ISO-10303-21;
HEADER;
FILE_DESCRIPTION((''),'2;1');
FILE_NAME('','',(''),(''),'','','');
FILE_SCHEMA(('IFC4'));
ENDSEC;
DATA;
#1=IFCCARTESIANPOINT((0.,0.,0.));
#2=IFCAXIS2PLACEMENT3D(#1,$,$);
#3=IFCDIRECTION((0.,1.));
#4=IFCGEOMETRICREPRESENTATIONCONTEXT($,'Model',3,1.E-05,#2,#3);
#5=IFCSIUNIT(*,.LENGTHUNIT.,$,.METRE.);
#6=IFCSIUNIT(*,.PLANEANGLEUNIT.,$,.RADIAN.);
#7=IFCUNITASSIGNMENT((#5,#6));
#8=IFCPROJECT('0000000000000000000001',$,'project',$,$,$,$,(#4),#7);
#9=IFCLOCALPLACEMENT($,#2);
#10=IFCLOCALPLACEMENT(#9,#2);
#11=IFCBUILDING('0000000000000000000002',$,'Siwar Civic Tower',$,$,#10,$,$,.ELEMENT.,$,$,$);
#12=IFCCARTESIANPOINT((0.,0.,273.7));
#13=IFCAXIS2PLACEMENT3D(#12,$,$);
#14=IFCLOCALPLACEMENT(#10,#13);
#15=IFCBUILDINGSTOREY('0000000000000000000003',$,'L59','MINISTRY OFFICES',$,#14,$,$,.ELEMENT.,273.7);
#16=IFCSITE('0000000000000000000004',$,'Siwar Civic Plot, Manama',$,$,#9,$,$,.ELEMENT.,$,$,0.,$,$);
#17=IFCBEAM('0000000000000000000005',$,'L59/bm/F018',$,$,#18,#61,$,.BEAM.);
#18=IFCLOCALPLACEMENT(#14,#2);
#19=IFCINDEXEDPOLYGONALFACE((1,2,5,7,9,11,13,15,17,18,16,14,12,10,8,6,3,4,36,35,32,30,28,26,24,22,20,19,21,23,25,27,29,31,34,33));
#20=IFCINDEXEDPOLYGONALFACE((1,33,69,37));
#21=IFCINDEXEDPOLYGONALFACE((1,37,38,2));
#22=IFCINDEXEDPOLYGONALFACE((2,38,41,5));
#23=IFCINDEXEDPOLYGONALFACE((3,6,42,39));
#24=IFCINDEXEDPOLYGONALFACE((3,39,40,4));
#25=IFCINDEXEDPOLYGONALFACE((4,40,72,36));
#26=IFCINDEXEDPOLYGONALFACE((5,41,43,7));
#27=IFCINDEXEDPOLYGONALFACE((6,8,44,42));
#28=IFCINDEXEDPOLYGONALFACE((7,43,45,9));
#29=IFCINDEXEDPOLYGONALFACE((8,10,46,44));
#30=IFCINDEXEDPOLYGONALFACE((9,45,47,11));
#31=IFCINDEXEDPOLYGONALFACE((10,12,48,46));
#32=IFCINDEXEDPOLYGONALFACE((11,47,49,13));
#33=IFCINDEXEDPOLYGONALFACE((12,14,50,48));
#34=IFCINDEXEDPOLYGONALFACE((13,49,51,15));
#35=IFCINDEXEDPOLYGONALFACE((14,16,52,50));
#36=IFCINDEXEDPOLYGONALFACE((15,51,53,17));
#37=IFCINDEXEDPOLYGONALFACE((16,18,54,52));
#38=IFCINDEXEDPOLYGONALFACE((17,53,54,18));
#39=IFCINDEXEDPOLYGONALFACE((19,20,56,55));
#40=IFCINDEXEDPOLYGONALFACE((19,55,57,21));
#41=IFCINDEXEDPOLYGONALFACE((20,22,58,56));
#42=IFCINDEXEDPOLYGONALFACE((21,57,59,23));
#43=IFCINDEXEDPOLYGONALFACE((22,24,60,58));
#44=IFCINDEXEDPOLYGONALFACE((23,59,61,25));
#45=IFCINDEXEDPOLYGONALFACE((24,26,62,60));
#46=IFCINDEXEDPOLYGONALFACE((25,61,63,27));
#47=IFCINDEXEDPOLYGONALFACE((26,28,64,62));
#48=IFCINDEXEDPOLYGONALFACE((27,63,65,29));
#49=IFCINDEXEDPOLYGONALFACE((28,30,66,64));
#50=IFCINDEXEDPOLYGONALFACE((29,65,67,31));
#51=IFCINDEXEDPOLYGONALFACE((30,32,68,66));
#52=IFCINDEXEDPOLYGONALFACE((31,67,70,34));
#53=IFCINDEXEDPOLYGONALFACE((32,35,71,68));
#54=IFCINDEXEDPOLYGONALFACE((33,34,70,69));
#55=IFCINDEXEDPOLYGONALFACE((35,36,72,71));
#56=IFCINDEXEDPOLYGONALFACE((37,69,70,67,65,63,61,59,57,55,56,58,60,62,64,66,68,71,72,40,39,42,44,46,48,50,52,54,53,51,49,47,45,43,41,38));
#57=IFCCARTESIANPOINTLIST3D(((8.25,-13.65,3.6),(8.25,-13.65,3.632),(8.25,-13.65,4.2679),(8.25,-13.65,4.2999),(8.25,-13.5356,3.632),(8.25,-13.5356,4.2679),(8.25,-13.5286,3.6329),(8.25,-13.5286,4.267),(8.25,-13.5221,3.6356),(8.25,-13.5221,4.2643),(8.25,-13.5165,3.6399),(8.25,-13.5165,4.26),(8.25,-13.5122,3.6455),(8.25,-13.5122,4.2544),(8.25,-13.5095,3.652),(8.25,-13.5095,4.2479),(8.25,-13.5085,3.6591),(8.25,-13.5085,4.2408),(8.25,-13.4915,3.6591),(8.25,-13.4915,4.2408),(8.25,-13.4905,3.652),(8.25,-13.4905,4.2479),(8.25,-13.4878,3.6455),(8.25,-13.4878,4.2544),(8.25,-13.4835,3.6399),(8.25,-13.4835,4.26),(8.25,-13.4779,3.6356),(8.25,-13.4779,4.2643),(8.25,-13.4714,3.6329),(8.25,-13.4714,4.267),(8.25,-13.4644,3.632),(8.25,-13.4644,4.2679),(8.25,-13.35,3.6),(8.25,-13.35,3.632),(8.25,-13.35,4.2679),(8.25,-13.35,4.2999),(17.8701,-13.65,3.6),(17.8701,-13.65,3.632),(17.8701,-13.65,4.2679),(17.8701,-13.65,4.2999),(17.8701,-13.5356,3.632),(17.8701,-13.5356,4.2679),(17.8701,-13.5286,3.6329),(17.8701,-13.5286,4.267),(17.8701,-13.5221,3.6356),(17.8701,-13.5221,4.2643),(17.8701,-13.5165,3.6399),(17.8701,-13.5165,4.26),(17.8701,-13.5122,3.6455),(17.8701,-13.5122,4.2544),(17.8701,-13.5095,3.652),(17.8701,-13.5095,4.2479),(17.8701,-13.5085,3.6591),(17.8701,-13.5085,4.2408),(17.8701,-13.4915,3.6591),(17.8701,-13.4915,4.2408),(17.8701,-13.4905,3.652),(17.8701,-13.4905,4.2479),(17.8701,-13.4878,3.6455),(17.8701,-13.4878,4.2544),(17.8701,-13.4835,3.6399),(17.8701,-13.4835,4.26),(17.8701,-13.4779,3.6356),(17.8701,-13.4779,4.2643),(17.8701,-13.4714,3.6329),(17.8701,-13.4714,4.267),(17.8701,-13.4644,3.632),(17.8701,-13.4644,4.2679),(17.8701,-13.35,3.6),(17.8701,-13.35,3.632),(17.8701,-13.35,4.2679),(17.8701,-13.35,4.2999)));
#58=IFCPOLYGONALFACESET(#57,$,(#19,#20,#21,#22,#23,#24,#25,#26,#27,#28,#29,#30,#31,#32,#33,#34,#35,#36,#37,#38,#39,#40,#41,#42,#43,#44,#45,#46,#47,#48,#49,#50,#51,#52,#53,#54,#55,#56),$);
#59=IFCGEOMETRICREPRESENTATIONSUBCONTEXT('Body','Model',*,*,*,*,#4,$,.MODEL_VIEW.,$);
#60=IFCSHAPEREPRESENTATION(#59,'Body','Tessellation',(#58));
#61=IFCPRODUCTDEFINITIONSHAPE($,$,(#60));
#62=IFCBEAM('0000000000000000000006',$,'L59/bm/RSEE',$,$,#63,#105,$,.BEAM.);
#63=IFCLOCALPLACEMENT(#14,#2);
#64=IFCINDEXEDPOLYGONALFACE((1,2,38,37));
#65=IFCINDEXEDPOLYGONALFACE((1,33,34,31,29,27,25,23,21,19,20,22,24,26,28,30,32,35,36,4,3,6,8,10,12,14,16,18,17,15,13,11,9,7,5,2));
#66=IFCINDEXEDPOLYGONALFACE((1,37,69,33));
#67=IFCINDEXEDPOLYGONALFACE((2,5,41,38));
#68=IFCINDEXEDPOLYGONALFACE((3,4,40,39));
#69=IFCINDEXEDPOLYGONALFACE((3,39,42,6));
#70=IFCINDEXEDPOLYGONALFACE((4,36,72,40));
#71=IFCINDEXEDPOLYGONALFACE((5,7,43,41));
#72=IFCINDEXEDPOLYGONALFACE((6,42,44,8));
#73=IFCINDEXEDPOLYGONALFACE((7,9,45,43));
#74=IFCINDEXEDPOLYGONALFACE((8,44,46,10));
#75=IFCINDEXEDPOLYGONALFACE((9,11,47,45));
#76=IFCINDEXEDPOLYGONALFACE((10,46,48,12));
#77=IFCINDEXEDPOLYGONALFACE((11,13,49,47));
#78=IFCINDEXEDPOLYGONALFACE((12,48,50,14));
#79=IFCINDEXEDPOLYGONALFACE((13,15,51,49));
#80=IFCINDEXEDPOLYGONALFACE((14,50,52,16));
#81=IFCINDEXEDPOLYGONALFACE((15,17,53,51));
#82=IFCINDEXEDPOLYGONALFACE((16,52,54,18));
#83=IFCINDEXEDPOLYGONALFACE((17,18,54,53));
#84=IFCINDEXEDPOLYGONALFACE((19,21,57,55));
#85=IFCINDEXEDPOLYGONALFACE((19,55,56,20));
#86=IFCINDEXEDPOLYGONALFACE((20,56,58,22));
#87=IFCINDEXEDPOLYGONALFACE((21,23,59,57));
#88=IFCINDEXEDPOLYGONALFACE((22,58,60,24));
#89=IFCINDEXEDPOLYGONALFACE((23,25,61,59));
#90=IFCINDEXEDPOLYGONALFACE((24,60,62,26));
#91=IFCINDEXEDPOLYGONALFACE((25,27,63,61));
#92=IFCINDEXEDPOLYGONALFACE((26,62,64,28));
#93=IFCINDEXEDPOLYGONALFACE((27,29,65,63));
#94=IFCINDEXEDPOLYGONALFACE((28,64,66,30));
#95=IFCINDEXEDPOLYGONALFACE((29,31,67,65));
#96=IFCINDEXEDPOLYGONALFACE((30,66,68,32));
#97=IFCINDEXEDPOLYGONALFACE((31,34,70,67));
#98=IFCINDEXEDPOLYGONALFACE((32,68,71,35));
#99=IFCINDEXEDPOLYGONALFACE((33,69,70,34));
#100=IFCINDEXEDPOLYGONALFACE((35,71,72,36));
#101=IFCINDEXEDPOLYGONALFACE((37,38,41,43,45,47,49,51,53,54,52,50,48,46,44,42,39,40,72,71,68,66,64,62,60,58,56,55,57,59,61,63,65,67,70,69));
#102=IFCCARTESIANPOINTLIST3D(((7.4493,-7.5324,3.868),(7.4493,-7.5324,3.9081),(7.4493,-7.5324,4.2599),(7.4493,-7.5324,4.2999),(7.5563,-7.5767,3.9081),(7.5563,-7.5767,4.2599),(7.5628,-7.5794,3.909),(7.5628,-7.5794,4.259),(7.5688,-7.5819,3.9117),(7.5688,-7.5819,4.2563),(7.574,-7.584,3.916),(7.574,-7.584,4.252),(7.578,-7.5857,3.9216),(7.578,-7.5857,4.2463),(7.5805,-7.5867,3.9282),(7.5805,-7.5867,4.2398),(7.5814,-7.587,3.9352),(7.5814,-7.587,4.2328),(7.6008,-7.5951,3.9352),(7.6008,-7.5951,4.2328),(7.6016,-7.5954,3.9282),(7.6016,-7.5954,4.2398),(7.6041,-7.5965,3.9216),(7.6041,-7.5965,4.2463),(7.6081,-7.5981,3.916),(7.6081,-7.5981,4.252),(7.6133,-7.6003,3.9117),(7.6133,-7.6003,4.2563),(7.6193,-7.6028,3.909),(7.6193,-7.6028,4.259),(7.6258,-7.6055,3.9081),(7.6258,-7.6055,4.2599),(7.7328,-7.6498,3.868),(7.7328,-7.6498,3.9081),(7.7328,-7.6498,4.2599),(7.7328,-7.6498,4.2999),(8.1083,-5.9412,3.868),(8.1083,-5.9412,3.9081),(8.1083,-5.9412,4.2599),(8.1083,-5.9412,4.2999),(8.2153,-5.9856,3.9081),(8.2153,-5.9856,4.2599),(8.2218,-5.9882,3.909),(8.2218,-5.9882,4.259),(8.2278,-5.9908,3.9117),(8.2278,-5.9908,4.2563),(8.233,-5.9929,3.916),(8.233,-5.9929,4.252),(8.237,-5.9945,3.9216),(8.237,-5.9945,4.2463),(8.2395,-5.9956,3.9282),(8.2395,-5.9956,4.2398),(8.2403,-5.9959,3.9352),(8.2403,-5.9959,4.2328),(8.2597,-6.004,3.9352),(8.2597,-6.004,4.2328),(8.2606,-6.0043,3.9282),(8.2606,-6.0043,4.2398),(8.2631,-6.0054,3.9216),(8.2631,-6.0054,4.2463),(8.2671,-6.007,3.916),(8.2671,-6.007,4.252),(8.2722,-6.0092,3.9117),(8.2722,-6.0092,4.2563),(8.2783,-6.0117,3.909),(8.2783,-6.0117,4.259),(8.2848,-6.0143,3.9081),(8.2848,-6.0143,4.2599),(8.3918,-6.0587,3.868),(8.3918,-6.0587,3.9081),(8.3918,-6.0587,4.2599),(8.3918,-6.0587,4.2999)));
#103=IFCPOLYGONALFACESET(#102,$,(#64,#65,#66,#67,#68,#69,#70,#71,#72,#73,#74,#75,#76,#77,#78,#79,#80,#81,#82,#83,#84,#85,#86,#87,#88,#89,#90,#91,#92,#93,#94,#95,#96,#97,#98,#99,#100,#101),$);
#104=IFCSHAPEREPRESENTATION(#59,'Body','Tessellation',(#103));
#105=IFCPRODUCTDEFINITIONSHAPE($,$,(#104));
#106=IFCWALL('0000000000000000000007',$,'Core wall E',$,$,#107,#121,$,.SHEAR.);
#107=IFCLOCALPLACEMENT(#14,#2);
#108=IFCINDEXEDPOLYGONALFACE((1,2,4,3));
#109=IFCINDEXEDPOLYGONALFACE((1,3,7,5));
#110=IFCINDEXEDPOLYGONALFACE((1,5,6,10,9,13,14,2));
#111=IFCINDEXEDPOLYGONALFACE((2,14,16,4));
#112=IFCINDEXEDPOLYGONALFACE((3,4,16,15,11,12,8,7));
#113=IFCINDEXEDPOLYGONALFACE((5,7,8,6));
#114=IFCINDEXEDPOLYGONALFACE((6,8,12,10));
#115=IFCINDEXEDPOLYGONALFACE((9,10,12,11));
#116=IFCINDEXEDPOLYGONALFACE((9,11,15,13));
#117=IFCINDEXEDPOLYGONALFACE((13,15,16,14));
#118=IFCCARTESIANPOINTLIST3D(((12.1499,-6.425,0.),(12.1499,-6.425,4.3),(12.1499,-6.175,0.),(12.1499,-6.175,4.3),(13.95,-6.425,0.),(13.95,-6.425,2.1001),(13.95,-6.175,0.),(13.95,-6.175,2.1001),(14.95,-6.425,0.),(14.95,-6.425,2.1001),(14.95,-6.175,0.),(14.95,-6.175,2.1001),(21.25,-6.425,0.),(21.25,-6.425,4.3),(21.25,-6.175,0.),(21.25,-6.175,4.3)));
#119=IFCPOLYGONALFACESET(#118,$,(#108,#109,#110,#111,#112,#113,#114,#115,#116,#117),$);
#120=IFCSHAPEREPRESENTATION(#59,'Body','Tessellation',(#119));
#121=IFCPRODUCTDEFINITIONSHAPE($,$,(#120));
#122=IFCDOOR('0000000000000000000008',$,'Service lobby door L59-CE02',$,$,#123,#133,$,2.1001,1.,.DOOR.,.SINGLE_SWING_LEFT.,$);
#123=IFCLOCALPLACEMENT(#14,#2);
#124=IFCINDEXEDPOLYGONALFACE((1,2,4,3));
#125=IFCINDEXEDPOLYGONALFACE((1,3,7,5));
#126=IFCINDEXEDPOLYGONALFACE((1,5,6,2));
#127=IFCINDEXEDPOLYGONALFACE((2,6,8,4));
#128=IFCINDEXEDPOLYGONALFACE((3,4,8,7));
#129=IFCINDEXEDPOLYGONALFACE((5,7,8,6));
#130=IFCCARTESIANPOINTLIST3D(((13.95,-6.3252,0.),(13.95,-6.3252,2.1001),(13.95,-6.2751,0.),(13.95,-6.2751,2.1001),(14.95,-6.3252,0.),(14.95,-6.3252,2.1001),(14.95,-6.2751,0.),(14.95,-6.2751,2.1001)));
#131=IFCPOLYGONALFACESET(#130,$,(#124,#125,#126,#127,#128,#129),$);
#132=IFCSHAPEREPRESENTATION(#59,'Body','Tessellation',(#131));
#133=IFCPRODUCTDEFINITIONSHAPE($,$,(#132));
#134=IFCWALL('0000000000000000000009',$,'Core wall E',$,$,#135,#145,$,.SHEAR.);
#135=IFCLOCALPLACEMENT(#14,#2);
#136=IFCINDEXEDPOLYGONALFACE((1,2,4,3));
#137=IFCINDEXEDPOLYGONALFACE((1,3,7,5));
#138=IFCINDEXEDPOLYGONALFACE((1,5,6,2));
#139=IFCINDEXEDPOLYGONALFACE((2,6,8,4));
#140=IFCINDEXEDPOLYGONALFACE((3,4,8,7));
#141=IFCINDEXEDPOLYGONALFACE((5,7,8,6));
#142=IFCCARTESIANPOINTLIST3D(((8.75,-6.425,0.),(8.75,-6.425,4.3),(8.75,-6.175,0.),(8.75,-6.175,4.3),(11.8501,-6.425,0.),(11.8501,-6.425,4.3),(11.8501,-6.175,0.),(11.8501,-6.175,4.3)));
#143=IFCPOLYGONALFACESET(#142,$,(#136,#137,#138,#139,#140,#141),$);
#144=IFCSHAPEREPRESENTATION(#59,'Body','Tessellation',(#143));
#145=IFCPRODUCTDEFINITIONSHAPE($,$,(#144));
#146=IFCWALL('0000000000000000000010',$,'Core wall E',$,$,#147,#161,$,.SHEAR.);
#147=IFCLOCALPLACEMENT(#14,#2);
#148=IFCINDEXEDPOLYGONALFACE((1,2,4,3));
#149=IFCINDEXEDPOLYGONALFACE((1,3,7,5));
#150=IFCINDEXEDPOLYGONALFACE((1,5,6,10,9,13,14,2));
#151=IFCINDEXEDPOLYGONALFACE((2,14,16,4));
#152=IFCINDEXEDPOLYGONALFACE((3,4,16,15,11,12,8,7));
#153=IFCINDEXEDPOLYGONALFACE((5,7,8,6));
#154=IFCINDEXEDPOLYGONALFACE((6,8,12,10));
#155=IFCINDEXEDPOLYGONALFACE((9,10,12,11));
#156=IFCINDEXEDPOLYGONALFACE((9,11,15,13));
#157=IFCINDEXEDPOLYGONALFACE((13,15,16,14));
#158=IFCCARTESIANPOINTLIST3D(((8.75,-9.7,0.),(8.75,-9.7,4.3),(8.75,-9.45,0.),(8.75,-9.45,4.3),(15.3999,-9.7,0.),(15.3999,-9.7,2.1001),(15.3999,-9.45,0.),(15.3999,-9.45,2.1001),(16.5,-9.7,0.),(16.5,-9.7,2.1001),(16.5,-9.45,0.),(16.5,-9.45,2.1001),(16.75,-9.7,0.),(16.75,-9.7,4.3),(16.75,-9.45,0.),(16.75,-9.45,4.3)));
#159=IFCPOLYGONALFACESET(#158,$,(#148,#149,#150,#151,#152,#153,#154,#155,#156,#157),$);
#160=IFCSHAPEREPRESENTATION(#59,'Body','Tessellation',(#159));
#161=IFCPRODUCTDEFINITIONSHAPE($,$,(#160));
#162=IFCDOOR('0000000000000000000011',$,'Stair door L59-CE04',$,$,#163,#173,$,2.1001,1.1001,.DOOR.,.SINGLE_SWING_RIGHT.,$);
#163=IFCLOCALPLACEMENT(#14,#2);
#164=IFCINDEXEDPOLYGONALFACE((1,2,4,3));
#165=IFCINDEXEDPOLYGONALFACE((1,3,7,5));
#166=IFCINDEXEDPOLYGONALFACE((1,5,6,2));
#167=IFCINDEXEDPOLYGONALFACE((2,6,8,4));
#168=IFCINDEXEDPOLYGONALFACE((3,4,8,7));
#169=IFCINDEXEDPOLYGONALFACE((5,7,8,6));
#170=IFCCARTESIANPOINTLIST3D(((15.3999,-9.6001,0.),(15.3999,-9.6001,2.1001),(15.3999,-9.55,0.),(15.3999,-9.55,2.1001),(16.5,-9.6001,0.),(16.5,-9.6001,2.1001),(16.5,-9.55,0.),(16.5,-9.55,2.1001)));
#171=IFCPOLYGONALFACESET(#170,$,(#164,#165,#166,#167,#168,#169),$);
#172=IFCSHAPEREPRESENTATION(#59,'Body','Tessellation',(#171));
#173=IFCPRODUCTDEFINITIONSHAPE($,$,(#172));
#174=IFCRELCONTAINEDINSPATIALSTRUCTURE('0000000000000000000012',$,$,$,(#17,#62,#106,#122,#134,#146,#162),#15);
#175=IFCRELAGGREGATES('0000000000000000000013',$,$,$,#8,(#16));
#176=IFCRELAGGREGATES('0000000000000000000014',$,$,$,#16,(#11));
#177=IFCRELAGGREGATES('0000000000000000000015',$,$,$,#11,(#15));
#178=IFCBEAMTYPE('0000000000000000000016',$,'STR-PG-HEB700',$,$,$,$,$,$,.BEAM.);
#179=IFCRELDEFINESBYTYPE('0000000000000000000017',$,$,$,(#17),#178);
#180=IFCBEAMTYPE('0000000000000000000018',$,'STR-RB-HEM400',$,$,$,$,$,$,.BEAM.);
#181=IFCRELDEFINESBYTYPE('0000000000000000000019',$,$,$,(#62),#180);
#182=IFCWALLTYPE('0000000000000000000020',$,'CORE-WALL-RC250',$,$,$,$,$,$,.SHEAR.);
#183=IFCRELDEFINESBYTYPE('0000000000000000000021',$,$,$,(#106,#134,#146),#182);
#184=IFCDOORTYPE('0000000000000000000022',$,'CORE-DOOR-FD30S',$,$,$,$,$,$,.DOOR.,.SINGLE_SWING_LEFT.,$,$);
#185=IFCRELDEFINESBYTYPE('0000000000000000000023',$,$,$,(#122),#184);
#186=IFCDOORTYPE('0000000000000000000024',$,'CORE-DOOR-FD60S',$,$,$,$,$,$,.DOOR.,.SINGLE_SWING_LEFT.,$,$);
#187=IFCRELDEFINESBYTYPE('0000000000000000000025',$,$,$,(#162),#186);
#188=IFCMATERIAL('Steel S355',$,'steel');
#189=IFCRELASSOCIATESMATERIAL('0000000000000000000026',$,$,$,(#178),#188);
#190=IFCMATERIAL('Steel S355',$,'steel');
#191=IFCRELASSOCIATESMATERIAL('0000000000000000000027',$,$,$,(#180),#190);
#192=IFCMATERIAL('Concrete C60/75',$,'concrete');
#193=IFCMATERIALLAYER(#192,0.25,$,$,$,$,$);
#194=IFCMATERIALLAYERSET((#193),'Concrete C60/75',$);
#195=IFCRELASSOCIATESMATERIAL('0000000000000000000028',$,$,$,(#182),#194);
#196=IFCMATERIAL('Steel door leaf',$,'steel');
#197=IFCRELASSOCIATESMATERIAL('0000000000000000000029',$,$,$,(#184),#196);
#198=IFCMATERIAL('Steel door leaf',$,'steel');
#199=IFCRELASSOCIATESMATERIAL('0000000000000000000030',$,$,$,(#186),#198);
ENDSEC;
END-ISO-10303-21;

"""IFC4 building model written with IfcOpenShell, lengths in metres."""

from ifc_helpers import new_model, si_unit, direction, frame, frame_2d, origin, origin_2d, place, context, subcontext, project, spatial, rectangle, i_section, extrude, material, layer, layer_set, material_profile, profile_set, type_object, element, fill, save


model = new_model("IFC4")

# Units and contexts
model_context = context("Model", 3, precision=1e-05, world=origin(), true_north=direction((0.0, 1.0)))
body_context = subcontext(model_context, "Body", "Model", "MODEL_VIEW")
ifc_project = project(units=[si_unit("LENGTHUNIT", "METRE"), si_unit("PLANEANGLEUNIT", "RADIAN")], contexts=[model_context])

# Site, building, storey
site_placement = place(None, origin())
site = spatial("IfcSite", under=ifc_project, at=site_placement, Name="Siwar Civic Plot, Manama", CompositionType="ELEMENT", RefElevation=0.0)
building_placement = place(site_placement, origin())
building = spatial("IfcBuilding", under=site, at=building_placement, Name="Siwar Civic Tower", CompositionType="ELEMENT")
storey_placement = place(building_placement, frame((0.0, 0.0, 273.7)))
storey = spatial("IfcBuildingStorey", under=building, at=storey_placement, Name="L59", Description="MINISTRY OFFICES", CompositionType="ELEMENT", Elevation=273.7)

# Beams
ifc_material_1 = material(Name="Steel S355", Category="steel")
ifc_material_profile_1 = material_profile(ifc_material_1, i_section(OverallWidth=0.3, OverallDepth=0.7, WebThickness=0.0171, FlangeThickness=0.032, FilletRadius=0.0271, at=origin_2d()), Name="HEB700")
ifc_profile_set_1 = profile_set([ifc_material_profile_1], Name="Steel S355")
beam_type_1 = type_object("IfcBeamType", Name="STR-PG-HEB700", PredefinedType="BEAM", material=ifc_profile_set_1)
beam_1_placement = place(storey_placement, frame((8.25, -13.5, 3.95), z_axis=(1.0, 0.0, 0.0), x_axis=(0.0, 1.0, 0.0)))
element("IfcBeam", 1, at=beam_1_placement, inside=storey, type_object=beam_type_1, Name="L59/bm/F018", PredefinedType="BEAM", context=body_context, shape_type="SweptSolid", body=[
    extrude(i_section(OverallWidth=0.3, OverallDepth=0.7, WebThickness=0.0171, FlangeThickness=0.032, FilletRadius=0.0271, at=origin_2d()), origin(), (0.0, 0.0, 1.0), 9.6201),
])
ifc_material_2 = material(Name="Steel S355", Category="steel")
ifc_material_profile_2 = material_profile(ifc_material_2, i_section(OverallWidth=0.3069, OverallDepth=0.4319, WebThickness=0.021, FlangeThickness=0.04, FilletRadius=0.0271, at=origin_2d()), Name="HEM400")
ifc_profile_set_2 = profile_set([ifc_material_profile_2], Name="Steel S355")
beam_type_2 = type_object("IfcBeamType", Name="STR-RB-HEM400", PredefinedType="BEAM", material=ifc_profile_set_2)
beam_2_placement = place(storey_placement, frame((7.5911, -7.5911, 4.084), z_axis=(0.382631, 0.923901, 0.0), x_axis=(-0.923901, 0.382631, 0.0)))
element("IfcBeam", 2, at=beam_2_placement, inside=storey, type_object=beam_type_2, Name="L59/bm/RSEE", PredefinedType="BEAM", context=body_context, shape_type="SweptSolid", body=[
    extrude(i_section(OverallWidth=0.3069, OverallDepth=0.4319, WebThickness=0.021, FlangeThickness=0.04, FilletRadius=0.0271, at=origin_2d()), origin(), (0.0, 0.0, 1.0), 1.7222),
])

# Wall, opening, door
ifc_material_3 = material(Name="Concrete C60/75", Category="concrete")
ifc_layer_1 = layer(ifc_material_3, 0.25)
ifc_layer_set_1 = layer_set([ifc_layer_1], Name="Concrete C60/75")
wall_type_1 = type_object("IfcWallType", Name="CORE-WALL-RC250", PredefinedType="SHEAR", material=ifc_layer_set_1)
wall_1_placement = place(storey_placement, frame((12.1499, -6.3, 0.0), z_axis=(0.0, 0.0, 1.0), x_axis=(1.0, 0.0, 0.0)))
wall_1 = element("IfcWall", 3, at=wall_1_placement, inside=storey, type_object=wall_type_1, Name="Core wall E", PredefinedType="SHEAR", context=body_context, shape_type="SweptSolid", body=[
    extrude(rectangle(XDim=9.1001, YDim=0.25, at=frame_2d((4.55, 0.0))), origin(), (0.0, 0.0, 1.0), 4.3),
])
opening_1_placement = place(wall_1_placement, frame((1.8, 0.0, 0.0)))
opening_1 = element("IfcOpeningElement", 4, at=opening_1_placement, cuts=wall_1, PredefinedType="OPENING", context=body_context, shape_type="SweptSolid", body=[
    extrude(rectangle(XDim=1.0, YDim=2.1001, at=frame_2d((0.5, 1.05))), frame((0.0, 0.135, 0.0), z_axis=(0.0, -1.0, 0.0), x_axis=(1.0, 0.0, 0.0)), (0.0, 0.0, 1.0), 0.27),
])
ifc_material_4 = material(Name="Steel door leaf", Category="steel")
door_type_1 = type_object("IfcDoorType", Name="CORE-DOOR-FD30S", OperationType="SINGLE_SWING_LEFT", PredefinedType="DOOR", material=ifc_material_4)
door_1_placement = place(opening_1_placement, origin())
door_1 = element("IfcDoor", 5, at=door_1_placement, inside=storey, type_object=door_type_1, Name="Service lobby door L59-CE02", OperationType="SINGLE_SWING_LEFT", OverallHeight=2.1001, OverallWidth=1.0, PredefinedType="DOOR", context=body_context, shape_type="SweptSolid", body=[
    extrude(rectangle(XDim=1.0, YDim=2.1001, at=frame_2d((0.5, 1.05))), frame((0.0, 0.0249, 0.0), z_axis=(0.0, -1.0, 0.0), x_axis=(1.0, 0.0, 0.0)), (0.0, 0.0, 1.0), 0.05),
])
fill(opening_1, door_1)

# Wall
wall_2_placement = place(storey_placement, frame((8.75, -6.3, 0.0), z_axis=(0.0, 0.0, 1.0), x_axis=(1.0, 0.0, 0.0)))
element("IfcWall", 6, at=wall_2_placement, inside=storey, type_object=wall_type_1, Name="Core wall E", PredefinedType="SHEAR", context=body_context, shape_type="SweptSolid", body=[
    extrude(rectangle(XDim=3.1001, YDim=0.25, at=frame_2d((1.55, 0.0))), origin(), (0.0, 0.0, 1.0), 4.3),
])

# Wall, opening, door
wall_3_placement = place(storey_placement, frame((8.75, -9.575, 0.0), z_axis=(0.0, 0.0, 1.0), x_axis=(1.0, 0.0, 0.0)))
wall_3 = element("IfcWall", 7, at=wall_3_placement, inside=storey, type_object=wall_type_1, Name="Core wall E", PredefinedType="SHEAR", context=body_context, shape_type="SweptSolid", body=[
    extrude(rectangle(XDim=8.0, YDim=0.25, at=frame_2d((4.0, 0.0))), origin(), (0.0, 0.0, 1.0), 4.3),
])
opening_2_placement = place(wall_3_placement, frame((6.6499, 0.0, 0.0)))
opening_2 = element("IfcOpeningElement", 8, at=opening_2_placement, cuts=wall_3, PredefinedType="OPENING", context=body_context, shape_type="SweptSolid", body=[
    extrude(rectangle(XDim=1.1001, YDim=2.1001, at=frame_2d((0.55, 1.05))), frame((0.0, 0.135, 0.0), z_axis=(0.0, -1.0, 0.0), x_axis=(1.0, 0.0, 0.0)), (0.0, 0.0, 1.0), 0.27),
])
ifc_material_5 = material(Name="Steel door leaf", Category="steel")
door_type_2 = type_object("IfcDoorType", Name="CORE-DOOR-FD60S", OperationType="SINGLE_SWING_LEFT", PredefinedType="DOOR", material=ifc_material_5)
door_2_placement = place(opening_2_placement, origin())
door_2 = element("IfcDoor", 9, at=door_2_placement, inside=storey, type_object=door_type_2, Name="Stair door L59-CE04", OperationType="SINGLE_SWING_RIGHT", OverallHeight=2.1001, OverallWidth=1.1001, PredefinedType="DOOR", context=body_context, shape_type="SweptSolid", body=[
    extrude(rectangle(XDim=1.1001, YDim=2.1001, at=frame_2d((0.55, 1.05))), frame((0.0, 0.0249, 0.0), z_axis=(0.0, -1.0, 0.0), x_axis=(1.0, 0.0, 0.0)), (0.0, 0.0, 1.0), 0.05),
])
fill(opening_2, door_2)

save(model, "model.ifc")
